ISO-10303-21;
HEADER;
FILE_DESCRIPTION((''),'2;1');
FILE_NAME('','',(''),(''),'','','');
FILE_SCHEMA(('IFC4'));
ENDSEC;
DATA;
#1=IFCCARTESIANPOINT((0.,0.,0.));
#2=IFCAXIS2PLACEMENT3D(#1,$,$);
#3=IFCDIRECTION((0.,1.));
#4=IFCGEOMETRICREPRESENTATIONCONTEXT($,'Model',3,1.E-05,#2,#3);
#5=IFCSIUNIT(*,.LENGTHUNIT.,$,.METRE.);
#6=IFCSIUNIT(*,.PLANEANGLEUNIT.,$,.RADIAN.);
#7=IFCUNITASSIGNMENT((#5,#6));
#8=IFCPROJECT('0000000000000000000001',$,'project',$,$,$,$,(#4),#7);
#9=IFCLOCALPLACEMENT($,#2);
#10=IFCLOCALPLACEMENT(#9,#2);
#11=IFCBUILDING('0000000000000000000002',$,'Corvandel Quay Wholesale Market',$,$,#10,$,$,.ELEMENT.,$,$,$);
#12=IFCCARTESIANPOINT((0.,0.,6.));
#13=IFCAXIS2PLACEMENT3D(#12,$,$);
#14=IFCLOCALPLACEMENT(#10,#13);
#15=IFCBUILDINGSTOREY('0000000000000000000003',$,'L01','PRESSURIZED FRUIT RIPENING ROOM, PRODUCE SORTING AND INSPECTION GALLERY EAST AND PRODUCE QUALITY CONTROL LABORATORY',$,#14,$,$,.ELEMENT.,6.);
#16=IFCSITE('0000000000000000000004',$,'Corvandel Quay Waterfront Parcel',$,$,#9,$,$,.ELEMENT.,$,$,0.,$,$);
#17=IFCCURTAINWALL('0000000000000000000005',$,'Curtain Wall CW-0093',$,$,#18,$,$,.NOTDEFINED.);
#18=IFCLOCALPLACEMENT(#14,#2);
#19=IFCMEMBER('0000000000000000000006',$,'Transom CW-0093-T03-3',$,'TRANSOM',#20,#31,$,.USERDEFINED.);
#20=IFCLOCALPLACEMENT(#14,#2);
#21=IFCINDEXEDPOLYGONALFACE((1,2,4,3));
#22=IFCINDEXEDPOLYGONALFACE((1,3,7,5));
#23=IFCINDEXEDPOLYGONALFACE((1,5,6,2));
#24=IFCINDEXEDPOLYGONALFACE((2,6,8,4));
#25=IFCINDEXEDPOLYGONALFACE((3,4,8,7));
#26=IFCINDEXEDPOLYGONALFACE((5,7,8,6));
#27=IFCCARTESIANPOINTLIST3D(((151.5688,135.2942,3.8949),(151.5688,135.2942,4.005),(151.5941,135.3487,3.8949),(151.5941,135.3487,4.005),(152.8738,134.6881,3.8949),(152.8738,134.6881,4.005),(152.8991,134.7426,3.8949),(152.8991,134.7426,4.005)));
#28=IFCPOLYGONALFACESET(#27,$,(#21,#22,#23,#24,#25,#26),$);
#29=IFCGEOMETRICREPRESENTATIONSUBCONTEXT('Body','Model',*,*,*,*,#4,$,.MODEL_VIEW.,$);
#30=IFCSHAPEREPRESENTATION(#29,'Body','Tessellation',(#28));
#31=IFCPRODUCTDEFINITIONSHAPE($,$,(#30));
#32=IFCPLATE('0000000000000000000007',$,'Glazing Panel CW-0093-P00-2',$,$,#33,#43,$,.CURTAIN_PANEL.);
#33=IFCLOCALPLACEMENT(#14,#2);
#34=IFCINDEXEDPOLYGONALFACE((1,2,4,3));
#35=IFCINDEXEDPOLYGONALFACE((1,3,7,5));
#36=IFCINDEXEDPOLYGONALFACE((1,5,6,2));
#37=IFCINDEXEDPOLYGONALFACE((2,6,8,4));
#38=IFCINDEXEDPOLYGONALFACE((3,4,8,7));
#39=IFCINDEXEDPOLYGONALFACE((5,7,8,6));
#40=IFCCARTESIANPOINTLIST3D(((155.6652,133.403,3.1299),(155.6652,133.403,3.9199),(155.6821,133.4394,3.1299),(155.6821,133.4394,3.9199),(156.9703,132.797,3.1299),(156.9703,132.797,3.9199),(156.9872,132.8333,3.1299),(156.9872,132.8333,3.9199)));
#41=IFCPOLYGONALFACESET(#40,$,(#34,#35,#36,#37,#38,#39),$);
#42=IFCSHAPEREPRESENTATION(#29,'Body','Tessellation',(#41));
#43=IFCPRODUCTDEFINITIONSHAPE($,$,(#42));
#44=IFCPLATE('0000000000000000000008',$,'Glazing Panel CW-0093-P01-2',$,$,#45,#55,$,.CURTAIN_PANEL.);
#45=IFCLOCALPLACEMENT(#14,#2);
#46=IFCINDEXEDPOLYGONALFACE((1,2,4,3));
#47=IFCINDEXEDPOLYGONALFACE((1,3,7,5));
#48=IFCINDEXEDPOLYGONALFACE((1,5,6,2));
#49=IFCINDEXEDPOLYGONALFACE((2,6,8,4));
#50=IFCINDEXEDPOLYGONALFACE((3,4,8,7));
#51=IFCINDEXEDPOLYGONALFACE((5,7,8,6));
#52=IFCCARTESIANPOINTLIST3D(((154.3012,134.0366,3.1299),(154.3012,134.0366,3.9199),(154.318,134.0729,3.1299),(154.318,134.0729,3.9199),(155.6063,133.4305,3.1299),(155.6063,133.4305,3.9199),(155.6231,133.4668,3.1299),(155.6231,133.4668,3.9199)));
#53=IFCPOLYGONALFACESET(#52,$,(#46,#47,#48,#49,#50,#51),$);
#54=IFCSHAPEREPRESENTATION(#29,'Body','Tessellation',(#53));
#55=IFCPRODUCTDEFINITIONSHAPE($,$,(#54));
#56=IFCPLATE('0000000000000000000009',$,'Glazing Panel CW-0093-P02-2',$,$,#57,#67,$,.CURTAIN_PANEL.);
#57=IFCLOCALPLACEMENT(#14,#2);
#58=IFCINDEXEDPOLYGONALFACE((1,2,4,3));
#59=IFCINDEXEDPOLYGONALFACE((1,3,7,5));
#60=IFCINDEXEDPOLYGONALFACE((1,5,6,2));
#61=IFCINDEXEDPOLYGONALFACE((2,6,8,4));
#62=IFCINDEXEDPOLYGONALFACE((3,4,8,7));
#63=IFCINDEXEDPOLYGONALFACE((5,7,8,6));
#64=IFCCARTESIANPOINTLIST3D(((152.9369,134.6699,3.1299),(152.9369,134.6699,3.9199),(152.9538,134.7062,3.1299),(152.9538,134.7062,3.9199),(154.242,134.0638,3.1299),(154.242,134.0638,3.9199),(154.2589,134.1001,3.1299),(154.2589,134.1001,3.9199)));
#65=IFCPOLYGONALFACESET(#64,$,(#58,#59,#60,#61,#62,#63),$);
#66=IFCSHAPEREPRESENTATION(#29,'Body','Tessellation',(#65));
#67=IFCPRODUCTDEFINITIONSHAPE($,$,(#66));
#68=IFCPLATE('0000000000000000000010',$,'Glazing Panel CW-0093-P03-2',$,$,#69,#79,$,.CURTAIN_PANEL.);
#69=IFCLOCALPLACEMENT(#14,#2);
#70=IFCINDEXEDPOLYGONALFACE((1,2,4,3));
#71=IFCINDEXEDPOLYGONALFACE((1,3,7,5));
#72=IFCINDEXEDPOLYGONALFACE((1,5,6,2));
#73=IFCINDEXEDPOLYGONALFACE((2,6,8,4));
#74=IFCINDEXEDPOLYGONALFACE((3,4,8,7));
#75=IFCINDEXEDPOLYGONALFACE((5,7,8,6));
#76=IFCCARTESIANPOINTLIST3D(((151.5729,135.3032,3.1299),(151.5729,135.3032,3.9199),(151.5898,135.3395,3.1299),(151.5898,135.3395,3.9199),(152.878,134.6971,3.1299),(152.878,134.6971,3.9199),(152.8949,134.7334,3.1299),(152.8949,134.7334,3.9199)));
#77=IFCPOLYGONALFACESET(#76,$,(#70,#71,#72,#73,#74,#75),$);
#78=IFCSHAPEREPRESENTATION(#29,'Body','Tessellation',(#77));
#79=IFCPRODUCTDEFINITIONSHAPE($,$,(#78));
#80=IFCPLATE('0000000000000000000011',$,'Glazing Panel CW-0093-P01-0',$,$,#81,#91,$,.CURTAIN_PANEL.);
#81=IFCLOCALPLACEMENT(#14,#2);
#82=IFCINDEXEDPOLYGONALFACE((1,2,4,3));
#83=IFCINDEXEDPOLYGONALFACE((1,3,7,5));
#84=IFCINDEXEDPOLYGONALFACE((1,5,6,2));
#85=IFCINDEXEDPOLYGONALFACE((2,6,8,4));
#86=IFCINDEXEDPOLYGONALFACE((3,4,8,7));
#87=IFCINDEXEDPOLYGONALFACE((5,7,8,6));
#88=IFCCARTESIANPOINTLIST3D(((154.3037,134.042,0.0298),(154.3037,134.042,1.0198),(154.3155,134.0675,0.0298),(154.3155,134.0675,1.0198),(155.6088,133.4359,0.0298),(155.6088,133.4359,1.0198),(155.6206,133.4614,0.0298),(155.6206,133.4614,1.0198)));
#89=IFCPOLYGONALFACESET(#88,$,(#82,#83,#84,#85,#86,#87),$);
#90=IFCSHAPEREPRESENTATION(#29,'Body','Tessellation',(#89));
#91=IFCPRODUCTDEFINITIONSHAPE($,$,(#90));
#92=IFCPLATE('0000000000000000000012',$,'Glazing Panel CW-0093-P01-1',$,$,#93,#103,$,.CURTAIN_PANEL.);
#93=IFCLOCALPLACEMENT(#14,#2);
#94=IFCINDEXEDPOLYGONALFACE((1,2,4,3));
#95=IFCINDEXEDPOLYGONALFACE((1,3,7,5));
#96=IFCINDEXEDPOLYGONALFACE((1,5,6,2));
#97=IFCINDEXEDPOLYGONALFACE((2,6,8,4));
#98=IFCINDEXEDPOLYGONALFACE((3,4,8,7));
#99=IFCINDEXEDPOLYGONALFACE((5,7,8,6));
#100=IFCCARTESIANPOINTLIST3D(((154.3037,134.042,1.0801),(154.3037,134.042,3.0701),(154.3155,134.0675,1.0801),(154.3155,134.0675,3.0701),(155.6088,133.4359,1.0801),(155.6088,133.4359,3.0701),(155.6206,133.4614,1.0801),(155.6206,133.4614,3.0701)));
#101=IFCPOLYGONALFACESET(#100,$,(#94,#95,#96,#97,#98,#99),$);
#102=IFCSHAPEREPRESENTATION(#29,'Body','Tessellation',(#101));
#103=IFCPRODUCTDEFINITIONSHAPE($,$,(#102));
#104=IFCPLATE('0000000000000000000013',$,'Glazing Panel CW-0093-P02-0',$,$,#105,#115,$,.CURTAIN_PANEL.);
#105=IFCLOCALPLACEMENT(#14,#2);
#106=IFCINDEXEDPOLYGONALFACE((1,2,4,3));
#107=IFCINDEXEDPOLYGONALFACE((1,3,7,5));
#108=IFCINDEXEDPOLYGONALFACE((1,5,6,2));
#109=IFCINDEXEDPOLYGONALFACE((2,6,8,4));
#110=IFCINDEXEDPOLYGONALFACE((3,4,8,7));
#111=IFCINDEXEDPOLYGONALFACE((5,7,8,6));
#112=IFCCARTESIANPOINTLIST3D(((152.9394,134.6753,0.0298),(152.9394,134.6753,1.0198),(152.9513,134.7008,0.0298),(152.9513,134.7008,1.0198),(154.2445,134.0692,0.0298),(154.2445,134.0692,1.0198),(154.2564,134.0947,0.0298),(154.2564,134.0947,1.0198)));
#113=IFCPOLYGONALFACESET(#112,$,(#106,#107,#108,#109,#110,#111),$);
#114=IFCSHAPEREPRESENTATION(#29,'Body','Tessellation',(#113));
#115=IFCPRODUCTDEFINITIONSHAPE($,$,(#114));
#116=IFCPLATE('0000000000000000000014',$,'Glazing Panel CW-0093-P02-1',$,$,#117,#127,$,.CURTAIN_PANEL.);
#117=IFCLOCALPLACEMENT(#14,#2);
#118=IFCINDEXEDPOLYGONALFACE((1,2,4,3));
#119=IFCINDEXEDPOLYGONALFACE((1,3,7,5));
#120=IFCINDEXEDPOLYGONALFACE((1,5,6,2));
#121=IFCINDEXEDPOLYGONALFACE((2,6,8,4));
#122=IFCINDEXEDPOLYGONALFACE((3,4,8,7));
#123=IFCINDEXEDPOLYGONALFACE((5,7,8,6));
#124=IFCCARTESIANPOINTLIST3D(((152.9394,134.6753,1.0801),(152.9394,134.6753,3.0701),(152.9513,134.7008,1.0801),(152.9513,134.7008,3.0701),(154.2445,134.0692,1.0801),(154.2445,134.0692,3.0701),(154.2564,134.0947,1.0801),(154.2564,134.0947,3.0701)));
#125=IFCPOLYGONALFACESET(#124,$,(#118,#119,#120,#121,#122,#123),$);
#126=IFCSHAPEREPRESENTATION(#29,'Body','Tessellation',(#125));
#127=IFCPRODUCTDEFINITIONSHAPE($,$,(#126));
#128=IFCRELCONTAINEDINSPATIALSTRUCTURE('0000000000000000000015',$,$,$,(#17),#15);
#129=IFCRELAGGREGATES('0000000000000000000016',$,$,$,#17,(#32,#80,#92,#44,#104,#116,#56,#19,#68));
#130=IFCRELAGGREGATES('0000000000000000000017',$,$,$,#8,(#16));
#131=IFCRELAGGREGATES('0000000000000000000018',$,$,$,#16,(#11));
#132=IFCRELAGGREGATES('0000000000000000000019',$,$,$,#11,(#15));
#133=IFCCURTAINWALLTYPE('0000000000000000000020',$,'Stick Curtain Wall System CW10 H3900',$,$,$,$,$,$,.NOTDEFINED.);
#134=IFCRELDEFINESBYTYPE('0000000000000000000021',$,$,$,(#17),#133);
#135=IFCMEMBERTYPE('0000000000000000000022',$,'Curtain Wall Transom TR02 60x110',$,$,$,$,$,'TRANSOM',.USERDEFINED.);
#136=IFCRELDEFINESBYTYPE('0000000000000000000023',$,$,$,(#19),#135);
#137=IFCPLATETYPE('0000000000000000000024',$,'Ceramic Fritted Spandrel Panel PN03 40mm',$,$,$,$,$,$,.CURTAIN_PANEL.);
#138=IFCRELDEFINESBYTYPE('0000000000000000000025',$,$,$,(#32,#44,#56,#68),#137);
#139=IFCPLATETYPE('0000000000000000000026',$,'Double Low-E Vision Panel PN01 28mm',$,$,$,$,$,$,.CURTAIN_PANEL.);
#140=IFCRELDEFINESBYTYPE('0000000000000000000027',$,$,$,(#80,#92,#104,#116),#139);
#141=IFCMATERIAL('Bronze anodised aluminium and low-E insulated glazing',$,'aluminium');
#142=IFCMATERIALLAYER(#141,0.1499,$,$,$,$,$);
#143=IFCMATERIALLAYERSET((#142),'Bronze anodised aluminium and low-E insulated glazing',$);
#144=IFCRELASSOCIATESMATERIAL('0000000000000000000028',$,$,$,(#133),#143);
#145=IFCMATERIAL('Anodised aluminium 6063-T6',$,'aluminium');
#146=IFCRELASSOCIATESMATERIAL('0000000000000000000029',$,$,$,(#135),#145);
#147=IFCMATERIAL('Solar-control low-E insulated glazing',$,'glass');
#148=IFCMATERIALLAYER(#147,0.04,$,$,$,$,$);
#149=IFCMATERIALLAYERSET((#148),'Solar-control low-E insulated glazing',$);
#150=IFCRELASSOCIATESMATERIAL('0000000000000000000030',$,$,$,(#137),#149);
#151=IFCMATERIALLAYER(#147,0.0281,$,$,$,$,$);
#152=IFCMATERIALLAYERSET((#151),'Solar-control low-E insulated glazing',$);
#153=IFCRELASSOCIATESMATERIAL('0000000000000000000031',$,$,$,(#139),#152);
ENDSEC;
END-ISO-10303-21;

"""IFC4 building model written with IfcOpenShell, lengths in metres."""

from ifc_helpers import new_model, si_unit, direction, frame, origin, origin_2d, place, context, subcontext, project, spatial, rectangle, extrude, material, layer, layer_set, material_profile, profile_set, type_object, element, aggregate, save


model = new_model("IFC4")

# Units and contexts
model_context = context("Model", 3, precision=1e-05, world=origin(), true_north=direction((0.0, 1.0)))
body_context = subcontext(model_context, "Body", "Model", "MODEL_VIEW")
ifc_project = project(units=[si_unit("LENGTHUNIT", "METRE"), si_unit("PLANEANGLEUNIT", "RADIAN")], contexts=[model_context])

# Site, building, storey
site_placement = place(None, origin())
site = spatial("IfcSite", under=ifc_project, at=site_placement, Name="Corvandel Quay Waterfront Parcel", CompositionType="ELEMENT", RefElevation=0.0)
building_placement = place(site_placement, origin())
building = spatial("IfcBuilding", under=site, at=building_placement, Name="Corvandel Quay Wholesale Market", CompositionType="ELEMENT")
storey_placement = place(building_placement, frame((0.0, 0.0, 6.0)))
storey = spatial("IfcBuildingStorey", under=building, at=storey_placement, Name="L01", Description="PRESSURIZED FRUIT RIPENING ROOM, PRODUCE SORTING AND INSPECTION GALLERY EAST AND PRODUCE QUALITY CONTROL LABORATORY", CompositionType="ELEMENT", Elevation=6.0)

# Curtain wall, member, plates
ifc_material_1 = material(Name="Bronze anodised aluminium and low-E insulated glazing", Category="aluminium")
ifc_layer_1 = layer(ifc_material_1, 0.1499)
ifc_layer_set_1 = layer_set([ifc_layer_1], Name="Bronze anodised aluminium and low-E insulated glazing")
curtain_wall_type = type_object("IfcCurtainWallType", Name="Stick Curtain Wall System CW10 H3900", PredefinedType="NOTDEFINED", material=ifc_layer_set_1)
curtain_wall_placement = place(storey_placement, origin())
curtain_wall = element("IfcCurtainWall", 1, at=curtain_wall_placement, inside=storey, type_object=curtain_wall_type, Name="Curtain Wall CW-0093", PredefinedType="NOTDEFINED")
ifc_material_2 = material(Name="Anodised aluminium 6063-T6", Category="aluminium")
ifc_material_profile_1 = material_profile(ifc_material_2, rectangle(XDim=0.0601, YDim=0.1101, at=origin_2d()), Name="ALU-TRN-60x110")
ifc_profile_set_1 = profile_set([ifc_material_profile_1], Name="Anodised aluminium 6063-T6")
member_type_1 = type_object("IfcMemberType", Name="Curtain Wall Transom TR02 60x110", ElementType="TRANSOM", PredefinedType="USERDEFINED", material=ifc_profile_set_1)
member_1_placement = place(storey_placement, frame((152.8865, 134.7153, 3.95), z_axis=(-0.906949, 0.421241, 0.0), x_axis=(-0.421241, -0.906949, 0.0)))
member_1 = element("IfcMember", 2, at=member_1_placement, type_object=member_type_1, Name="Transom CW-0093-T03-3", ObjectType="TRANSOM", PredefinedType="USERDEFINED", context=body_context, shape_type="SweptSolid", body=[
    extrude(rectangle(XDim=0.0601, YDim=0.1101, at=origin_2d()), origin(), (0.0, 0.0, 1.0), 1.439),
])
ifc_material_3 = material(Name="Solar-control low-E insulated glazing", Category="glass")
ifc_layer_2 = layer(ifc_material_3, 0.04)
ifc_layer_set_2 = layer_set([ifc_layer_2], Name="Solar-control low-E insulated glazing")
plate_type_1 = type_object("IfcPlateType", Name="Ceramic Fritted Spandrel Panel PN03 40mm", PredefinedType="CURTAIN_PANEL", material=ifc_layer_set_2)
plate_1_placement = place(storey_placement, frame((156.3262, 133.1182, 3.1299), z_axis=(0.0, 0.0, 1.0), x_axis=(-0.906971, 0.421194, 0.0)))
plate_1 = element("IfcPlate", 3, at=plate_1_placement, type_object=plate_type_1, Name="Glazing Panel CW-0093-P00-2", PredefinedType="CURTAIN_PANEL", context=body_context, shape_type="SweptSolid", body=[
    extrude(rectangle(XDim=1.439, YDim=0.04, at=origin_2d()), origin(), (0.0, 0.0, 1.0), 0.79),
])
plate_2_placement = place(storey_placement, frame((154.9622, 133.7517, 3.1299), z_axis=(0.0, 0.0, 1.0), x_axis=(-0.906971, 0.421194, 0.0)))
plate_2 = element("IfcPlate", 4, at=plate_2_placement, type_object=plate_type_1, Name="Glazing Panel CW-0093-P01-2", PredefinedType="CURTAIN_PANEL", context=body_context, shape_type="SweptSolid", body=[
    extrude(rectangle(XDim=1.439, YDim=0.04, at=origin_2d()), origin(), (0.0, 0.0, 1.0), 0.79),
])
plate_3_placement = place(storey_placement, frame((153.5979, 134.385, 3.1299), z_axis=(0.0, 0.0, 1.0), x_axis=(-0.906971, 0.421194, 0.0)))
plate_3 = element("IfcPlate", 5, at=plate_3_placement, type_object=plate_type_1, Name="Glazing Panel CW-0093-P02-2", PredefinedType="CURTAIN_PANEL", context=body_context, shape_type="SweptSolid", body=[
    extrude(rectangle(XDim=1.439, YDim=0.04, at=origin_2d()), origin(), (0.0, 0.0, 1.0), 0.79),
])
plate_4_placement = place(storey_placement, frame((152.2339, 135.0183, 3.1299), z_axis=(0.0, 0.0, 1.0), x_axis=(-0.906971, 0.421194, 0.0)))
plate_4 = element("IfcPlate", 6, at=plate_4_placement, type_object=plate_type_1, Name="Glazing Panel CW-0093-P03-2", PredefinedType="CURTAIN_PANEL", context=body_context, shape_type="SweptSolid", body=[
    extrude(rectangle(XDim=1.439, YDim=0.04, at=origin_2d()), origin(), (0.0, 0.0, 1.0), 0.79),
])
ifc_layer_3 = layer(ifc_material_3, 0.0281)
ifc_layer_set_3 = layer_set([ifc_layer_3], Name="Solar-control low-E insulated glazing")
plate_type_2 = type_object("IfcPlateType", Name="Double Low-E Vision Panel PN01 28mm", PredefinedType="CURTAIN_PANEL", material=ifc_layer_set_3)
plate_5_placement = place(storey_placement, frame((154.9622, 133.7517, 0.0298), z_axis=(0.0, 0.0, 1.0), x_axis=(-0.906971, 0.421194, 0.0)))
plate_5 = element("IfcPlate", 7, at=plate_5_placement, type_object=plate_type_2, Name="Glazing Panel CW-0093-P01-0", PredefinedType="CURTAIN_PANEL", context=body_context, shape_type="SweptSolid", body=[
    extrude(rectangle(XDim=1.439, YDim=0.0281, at=origin_2d()), origin(), (0.0, 0.0, 1.0), 0.99),
])
plate_6_placement = place(storey_placement, frame((154.9622, 133.7517, 1.0801), z_axis=(0.0, 0.0, 1.0), x_axis=(-0.906971, 0.421194, 0.0)))
plate_6 = element("IfcPlate", 8, at=plate_6_placement, type_object=plate_type_2, Name="Glazing Panel CW-0093-P01-1", PredefinedType="CURTAIN_PANEL", context=body_context, shape_type="SweptSolid", body=[
    extrude(rectangle(XDim=1.439, YDim=0.0281, at=origin_2d()), origin(), (0.0, 0.0, 1.0), 1.99),
])
plate_7_placement = place(storey_placement, frame((153.5979, 134.385, 0.0298), z_axis=(0.0, 0.0, 1.0), x_axis=(-0.906971, 0.421194, 0.0)))
plate_7 = element("IfcPlate", 9, at=plate_7_placement, type_object=plate_type_2, Name="Glazing Panel CW-0093-P02-0", PredefinedType="CURTAIN_PANEL", context=body_context, shape_type="SweptSolid", body=[
    extrude(rectangle(XDim=1.439, YDim=0.0281, at=origin_2d()), origin(), (0.0, 0.0, 1.0), 0.99),
])
plate_8_placement = place(storey_placement, frame((153.5979, 134.385, 1.0801), z_axis=(0.0, 0.0, 1.0), x_axis=(-0.906971, 0.421194, 0.0)))
plate_8 = element("IfcPlate", 10, at=plate_8_placement, type_object=plate_type_2, Name="Glazing Panel CW-0093-P02-1", PredefinedType="CURTAIN_PANEL", context=body_context, shape_type="SweptSolid", body=[
    extrude(rectangle(XDim=1.439, YDim=0.0281, at=origin_2d()), origin(), (0.0, 0.0, 1.0), 1.99),
])
aggregate(curtain_wall, [plate_1, plate_5, plate_6, plate_2, plate_7, plate_8, plate_3, member_1, plate_4])

save(model, "model.ifc")
